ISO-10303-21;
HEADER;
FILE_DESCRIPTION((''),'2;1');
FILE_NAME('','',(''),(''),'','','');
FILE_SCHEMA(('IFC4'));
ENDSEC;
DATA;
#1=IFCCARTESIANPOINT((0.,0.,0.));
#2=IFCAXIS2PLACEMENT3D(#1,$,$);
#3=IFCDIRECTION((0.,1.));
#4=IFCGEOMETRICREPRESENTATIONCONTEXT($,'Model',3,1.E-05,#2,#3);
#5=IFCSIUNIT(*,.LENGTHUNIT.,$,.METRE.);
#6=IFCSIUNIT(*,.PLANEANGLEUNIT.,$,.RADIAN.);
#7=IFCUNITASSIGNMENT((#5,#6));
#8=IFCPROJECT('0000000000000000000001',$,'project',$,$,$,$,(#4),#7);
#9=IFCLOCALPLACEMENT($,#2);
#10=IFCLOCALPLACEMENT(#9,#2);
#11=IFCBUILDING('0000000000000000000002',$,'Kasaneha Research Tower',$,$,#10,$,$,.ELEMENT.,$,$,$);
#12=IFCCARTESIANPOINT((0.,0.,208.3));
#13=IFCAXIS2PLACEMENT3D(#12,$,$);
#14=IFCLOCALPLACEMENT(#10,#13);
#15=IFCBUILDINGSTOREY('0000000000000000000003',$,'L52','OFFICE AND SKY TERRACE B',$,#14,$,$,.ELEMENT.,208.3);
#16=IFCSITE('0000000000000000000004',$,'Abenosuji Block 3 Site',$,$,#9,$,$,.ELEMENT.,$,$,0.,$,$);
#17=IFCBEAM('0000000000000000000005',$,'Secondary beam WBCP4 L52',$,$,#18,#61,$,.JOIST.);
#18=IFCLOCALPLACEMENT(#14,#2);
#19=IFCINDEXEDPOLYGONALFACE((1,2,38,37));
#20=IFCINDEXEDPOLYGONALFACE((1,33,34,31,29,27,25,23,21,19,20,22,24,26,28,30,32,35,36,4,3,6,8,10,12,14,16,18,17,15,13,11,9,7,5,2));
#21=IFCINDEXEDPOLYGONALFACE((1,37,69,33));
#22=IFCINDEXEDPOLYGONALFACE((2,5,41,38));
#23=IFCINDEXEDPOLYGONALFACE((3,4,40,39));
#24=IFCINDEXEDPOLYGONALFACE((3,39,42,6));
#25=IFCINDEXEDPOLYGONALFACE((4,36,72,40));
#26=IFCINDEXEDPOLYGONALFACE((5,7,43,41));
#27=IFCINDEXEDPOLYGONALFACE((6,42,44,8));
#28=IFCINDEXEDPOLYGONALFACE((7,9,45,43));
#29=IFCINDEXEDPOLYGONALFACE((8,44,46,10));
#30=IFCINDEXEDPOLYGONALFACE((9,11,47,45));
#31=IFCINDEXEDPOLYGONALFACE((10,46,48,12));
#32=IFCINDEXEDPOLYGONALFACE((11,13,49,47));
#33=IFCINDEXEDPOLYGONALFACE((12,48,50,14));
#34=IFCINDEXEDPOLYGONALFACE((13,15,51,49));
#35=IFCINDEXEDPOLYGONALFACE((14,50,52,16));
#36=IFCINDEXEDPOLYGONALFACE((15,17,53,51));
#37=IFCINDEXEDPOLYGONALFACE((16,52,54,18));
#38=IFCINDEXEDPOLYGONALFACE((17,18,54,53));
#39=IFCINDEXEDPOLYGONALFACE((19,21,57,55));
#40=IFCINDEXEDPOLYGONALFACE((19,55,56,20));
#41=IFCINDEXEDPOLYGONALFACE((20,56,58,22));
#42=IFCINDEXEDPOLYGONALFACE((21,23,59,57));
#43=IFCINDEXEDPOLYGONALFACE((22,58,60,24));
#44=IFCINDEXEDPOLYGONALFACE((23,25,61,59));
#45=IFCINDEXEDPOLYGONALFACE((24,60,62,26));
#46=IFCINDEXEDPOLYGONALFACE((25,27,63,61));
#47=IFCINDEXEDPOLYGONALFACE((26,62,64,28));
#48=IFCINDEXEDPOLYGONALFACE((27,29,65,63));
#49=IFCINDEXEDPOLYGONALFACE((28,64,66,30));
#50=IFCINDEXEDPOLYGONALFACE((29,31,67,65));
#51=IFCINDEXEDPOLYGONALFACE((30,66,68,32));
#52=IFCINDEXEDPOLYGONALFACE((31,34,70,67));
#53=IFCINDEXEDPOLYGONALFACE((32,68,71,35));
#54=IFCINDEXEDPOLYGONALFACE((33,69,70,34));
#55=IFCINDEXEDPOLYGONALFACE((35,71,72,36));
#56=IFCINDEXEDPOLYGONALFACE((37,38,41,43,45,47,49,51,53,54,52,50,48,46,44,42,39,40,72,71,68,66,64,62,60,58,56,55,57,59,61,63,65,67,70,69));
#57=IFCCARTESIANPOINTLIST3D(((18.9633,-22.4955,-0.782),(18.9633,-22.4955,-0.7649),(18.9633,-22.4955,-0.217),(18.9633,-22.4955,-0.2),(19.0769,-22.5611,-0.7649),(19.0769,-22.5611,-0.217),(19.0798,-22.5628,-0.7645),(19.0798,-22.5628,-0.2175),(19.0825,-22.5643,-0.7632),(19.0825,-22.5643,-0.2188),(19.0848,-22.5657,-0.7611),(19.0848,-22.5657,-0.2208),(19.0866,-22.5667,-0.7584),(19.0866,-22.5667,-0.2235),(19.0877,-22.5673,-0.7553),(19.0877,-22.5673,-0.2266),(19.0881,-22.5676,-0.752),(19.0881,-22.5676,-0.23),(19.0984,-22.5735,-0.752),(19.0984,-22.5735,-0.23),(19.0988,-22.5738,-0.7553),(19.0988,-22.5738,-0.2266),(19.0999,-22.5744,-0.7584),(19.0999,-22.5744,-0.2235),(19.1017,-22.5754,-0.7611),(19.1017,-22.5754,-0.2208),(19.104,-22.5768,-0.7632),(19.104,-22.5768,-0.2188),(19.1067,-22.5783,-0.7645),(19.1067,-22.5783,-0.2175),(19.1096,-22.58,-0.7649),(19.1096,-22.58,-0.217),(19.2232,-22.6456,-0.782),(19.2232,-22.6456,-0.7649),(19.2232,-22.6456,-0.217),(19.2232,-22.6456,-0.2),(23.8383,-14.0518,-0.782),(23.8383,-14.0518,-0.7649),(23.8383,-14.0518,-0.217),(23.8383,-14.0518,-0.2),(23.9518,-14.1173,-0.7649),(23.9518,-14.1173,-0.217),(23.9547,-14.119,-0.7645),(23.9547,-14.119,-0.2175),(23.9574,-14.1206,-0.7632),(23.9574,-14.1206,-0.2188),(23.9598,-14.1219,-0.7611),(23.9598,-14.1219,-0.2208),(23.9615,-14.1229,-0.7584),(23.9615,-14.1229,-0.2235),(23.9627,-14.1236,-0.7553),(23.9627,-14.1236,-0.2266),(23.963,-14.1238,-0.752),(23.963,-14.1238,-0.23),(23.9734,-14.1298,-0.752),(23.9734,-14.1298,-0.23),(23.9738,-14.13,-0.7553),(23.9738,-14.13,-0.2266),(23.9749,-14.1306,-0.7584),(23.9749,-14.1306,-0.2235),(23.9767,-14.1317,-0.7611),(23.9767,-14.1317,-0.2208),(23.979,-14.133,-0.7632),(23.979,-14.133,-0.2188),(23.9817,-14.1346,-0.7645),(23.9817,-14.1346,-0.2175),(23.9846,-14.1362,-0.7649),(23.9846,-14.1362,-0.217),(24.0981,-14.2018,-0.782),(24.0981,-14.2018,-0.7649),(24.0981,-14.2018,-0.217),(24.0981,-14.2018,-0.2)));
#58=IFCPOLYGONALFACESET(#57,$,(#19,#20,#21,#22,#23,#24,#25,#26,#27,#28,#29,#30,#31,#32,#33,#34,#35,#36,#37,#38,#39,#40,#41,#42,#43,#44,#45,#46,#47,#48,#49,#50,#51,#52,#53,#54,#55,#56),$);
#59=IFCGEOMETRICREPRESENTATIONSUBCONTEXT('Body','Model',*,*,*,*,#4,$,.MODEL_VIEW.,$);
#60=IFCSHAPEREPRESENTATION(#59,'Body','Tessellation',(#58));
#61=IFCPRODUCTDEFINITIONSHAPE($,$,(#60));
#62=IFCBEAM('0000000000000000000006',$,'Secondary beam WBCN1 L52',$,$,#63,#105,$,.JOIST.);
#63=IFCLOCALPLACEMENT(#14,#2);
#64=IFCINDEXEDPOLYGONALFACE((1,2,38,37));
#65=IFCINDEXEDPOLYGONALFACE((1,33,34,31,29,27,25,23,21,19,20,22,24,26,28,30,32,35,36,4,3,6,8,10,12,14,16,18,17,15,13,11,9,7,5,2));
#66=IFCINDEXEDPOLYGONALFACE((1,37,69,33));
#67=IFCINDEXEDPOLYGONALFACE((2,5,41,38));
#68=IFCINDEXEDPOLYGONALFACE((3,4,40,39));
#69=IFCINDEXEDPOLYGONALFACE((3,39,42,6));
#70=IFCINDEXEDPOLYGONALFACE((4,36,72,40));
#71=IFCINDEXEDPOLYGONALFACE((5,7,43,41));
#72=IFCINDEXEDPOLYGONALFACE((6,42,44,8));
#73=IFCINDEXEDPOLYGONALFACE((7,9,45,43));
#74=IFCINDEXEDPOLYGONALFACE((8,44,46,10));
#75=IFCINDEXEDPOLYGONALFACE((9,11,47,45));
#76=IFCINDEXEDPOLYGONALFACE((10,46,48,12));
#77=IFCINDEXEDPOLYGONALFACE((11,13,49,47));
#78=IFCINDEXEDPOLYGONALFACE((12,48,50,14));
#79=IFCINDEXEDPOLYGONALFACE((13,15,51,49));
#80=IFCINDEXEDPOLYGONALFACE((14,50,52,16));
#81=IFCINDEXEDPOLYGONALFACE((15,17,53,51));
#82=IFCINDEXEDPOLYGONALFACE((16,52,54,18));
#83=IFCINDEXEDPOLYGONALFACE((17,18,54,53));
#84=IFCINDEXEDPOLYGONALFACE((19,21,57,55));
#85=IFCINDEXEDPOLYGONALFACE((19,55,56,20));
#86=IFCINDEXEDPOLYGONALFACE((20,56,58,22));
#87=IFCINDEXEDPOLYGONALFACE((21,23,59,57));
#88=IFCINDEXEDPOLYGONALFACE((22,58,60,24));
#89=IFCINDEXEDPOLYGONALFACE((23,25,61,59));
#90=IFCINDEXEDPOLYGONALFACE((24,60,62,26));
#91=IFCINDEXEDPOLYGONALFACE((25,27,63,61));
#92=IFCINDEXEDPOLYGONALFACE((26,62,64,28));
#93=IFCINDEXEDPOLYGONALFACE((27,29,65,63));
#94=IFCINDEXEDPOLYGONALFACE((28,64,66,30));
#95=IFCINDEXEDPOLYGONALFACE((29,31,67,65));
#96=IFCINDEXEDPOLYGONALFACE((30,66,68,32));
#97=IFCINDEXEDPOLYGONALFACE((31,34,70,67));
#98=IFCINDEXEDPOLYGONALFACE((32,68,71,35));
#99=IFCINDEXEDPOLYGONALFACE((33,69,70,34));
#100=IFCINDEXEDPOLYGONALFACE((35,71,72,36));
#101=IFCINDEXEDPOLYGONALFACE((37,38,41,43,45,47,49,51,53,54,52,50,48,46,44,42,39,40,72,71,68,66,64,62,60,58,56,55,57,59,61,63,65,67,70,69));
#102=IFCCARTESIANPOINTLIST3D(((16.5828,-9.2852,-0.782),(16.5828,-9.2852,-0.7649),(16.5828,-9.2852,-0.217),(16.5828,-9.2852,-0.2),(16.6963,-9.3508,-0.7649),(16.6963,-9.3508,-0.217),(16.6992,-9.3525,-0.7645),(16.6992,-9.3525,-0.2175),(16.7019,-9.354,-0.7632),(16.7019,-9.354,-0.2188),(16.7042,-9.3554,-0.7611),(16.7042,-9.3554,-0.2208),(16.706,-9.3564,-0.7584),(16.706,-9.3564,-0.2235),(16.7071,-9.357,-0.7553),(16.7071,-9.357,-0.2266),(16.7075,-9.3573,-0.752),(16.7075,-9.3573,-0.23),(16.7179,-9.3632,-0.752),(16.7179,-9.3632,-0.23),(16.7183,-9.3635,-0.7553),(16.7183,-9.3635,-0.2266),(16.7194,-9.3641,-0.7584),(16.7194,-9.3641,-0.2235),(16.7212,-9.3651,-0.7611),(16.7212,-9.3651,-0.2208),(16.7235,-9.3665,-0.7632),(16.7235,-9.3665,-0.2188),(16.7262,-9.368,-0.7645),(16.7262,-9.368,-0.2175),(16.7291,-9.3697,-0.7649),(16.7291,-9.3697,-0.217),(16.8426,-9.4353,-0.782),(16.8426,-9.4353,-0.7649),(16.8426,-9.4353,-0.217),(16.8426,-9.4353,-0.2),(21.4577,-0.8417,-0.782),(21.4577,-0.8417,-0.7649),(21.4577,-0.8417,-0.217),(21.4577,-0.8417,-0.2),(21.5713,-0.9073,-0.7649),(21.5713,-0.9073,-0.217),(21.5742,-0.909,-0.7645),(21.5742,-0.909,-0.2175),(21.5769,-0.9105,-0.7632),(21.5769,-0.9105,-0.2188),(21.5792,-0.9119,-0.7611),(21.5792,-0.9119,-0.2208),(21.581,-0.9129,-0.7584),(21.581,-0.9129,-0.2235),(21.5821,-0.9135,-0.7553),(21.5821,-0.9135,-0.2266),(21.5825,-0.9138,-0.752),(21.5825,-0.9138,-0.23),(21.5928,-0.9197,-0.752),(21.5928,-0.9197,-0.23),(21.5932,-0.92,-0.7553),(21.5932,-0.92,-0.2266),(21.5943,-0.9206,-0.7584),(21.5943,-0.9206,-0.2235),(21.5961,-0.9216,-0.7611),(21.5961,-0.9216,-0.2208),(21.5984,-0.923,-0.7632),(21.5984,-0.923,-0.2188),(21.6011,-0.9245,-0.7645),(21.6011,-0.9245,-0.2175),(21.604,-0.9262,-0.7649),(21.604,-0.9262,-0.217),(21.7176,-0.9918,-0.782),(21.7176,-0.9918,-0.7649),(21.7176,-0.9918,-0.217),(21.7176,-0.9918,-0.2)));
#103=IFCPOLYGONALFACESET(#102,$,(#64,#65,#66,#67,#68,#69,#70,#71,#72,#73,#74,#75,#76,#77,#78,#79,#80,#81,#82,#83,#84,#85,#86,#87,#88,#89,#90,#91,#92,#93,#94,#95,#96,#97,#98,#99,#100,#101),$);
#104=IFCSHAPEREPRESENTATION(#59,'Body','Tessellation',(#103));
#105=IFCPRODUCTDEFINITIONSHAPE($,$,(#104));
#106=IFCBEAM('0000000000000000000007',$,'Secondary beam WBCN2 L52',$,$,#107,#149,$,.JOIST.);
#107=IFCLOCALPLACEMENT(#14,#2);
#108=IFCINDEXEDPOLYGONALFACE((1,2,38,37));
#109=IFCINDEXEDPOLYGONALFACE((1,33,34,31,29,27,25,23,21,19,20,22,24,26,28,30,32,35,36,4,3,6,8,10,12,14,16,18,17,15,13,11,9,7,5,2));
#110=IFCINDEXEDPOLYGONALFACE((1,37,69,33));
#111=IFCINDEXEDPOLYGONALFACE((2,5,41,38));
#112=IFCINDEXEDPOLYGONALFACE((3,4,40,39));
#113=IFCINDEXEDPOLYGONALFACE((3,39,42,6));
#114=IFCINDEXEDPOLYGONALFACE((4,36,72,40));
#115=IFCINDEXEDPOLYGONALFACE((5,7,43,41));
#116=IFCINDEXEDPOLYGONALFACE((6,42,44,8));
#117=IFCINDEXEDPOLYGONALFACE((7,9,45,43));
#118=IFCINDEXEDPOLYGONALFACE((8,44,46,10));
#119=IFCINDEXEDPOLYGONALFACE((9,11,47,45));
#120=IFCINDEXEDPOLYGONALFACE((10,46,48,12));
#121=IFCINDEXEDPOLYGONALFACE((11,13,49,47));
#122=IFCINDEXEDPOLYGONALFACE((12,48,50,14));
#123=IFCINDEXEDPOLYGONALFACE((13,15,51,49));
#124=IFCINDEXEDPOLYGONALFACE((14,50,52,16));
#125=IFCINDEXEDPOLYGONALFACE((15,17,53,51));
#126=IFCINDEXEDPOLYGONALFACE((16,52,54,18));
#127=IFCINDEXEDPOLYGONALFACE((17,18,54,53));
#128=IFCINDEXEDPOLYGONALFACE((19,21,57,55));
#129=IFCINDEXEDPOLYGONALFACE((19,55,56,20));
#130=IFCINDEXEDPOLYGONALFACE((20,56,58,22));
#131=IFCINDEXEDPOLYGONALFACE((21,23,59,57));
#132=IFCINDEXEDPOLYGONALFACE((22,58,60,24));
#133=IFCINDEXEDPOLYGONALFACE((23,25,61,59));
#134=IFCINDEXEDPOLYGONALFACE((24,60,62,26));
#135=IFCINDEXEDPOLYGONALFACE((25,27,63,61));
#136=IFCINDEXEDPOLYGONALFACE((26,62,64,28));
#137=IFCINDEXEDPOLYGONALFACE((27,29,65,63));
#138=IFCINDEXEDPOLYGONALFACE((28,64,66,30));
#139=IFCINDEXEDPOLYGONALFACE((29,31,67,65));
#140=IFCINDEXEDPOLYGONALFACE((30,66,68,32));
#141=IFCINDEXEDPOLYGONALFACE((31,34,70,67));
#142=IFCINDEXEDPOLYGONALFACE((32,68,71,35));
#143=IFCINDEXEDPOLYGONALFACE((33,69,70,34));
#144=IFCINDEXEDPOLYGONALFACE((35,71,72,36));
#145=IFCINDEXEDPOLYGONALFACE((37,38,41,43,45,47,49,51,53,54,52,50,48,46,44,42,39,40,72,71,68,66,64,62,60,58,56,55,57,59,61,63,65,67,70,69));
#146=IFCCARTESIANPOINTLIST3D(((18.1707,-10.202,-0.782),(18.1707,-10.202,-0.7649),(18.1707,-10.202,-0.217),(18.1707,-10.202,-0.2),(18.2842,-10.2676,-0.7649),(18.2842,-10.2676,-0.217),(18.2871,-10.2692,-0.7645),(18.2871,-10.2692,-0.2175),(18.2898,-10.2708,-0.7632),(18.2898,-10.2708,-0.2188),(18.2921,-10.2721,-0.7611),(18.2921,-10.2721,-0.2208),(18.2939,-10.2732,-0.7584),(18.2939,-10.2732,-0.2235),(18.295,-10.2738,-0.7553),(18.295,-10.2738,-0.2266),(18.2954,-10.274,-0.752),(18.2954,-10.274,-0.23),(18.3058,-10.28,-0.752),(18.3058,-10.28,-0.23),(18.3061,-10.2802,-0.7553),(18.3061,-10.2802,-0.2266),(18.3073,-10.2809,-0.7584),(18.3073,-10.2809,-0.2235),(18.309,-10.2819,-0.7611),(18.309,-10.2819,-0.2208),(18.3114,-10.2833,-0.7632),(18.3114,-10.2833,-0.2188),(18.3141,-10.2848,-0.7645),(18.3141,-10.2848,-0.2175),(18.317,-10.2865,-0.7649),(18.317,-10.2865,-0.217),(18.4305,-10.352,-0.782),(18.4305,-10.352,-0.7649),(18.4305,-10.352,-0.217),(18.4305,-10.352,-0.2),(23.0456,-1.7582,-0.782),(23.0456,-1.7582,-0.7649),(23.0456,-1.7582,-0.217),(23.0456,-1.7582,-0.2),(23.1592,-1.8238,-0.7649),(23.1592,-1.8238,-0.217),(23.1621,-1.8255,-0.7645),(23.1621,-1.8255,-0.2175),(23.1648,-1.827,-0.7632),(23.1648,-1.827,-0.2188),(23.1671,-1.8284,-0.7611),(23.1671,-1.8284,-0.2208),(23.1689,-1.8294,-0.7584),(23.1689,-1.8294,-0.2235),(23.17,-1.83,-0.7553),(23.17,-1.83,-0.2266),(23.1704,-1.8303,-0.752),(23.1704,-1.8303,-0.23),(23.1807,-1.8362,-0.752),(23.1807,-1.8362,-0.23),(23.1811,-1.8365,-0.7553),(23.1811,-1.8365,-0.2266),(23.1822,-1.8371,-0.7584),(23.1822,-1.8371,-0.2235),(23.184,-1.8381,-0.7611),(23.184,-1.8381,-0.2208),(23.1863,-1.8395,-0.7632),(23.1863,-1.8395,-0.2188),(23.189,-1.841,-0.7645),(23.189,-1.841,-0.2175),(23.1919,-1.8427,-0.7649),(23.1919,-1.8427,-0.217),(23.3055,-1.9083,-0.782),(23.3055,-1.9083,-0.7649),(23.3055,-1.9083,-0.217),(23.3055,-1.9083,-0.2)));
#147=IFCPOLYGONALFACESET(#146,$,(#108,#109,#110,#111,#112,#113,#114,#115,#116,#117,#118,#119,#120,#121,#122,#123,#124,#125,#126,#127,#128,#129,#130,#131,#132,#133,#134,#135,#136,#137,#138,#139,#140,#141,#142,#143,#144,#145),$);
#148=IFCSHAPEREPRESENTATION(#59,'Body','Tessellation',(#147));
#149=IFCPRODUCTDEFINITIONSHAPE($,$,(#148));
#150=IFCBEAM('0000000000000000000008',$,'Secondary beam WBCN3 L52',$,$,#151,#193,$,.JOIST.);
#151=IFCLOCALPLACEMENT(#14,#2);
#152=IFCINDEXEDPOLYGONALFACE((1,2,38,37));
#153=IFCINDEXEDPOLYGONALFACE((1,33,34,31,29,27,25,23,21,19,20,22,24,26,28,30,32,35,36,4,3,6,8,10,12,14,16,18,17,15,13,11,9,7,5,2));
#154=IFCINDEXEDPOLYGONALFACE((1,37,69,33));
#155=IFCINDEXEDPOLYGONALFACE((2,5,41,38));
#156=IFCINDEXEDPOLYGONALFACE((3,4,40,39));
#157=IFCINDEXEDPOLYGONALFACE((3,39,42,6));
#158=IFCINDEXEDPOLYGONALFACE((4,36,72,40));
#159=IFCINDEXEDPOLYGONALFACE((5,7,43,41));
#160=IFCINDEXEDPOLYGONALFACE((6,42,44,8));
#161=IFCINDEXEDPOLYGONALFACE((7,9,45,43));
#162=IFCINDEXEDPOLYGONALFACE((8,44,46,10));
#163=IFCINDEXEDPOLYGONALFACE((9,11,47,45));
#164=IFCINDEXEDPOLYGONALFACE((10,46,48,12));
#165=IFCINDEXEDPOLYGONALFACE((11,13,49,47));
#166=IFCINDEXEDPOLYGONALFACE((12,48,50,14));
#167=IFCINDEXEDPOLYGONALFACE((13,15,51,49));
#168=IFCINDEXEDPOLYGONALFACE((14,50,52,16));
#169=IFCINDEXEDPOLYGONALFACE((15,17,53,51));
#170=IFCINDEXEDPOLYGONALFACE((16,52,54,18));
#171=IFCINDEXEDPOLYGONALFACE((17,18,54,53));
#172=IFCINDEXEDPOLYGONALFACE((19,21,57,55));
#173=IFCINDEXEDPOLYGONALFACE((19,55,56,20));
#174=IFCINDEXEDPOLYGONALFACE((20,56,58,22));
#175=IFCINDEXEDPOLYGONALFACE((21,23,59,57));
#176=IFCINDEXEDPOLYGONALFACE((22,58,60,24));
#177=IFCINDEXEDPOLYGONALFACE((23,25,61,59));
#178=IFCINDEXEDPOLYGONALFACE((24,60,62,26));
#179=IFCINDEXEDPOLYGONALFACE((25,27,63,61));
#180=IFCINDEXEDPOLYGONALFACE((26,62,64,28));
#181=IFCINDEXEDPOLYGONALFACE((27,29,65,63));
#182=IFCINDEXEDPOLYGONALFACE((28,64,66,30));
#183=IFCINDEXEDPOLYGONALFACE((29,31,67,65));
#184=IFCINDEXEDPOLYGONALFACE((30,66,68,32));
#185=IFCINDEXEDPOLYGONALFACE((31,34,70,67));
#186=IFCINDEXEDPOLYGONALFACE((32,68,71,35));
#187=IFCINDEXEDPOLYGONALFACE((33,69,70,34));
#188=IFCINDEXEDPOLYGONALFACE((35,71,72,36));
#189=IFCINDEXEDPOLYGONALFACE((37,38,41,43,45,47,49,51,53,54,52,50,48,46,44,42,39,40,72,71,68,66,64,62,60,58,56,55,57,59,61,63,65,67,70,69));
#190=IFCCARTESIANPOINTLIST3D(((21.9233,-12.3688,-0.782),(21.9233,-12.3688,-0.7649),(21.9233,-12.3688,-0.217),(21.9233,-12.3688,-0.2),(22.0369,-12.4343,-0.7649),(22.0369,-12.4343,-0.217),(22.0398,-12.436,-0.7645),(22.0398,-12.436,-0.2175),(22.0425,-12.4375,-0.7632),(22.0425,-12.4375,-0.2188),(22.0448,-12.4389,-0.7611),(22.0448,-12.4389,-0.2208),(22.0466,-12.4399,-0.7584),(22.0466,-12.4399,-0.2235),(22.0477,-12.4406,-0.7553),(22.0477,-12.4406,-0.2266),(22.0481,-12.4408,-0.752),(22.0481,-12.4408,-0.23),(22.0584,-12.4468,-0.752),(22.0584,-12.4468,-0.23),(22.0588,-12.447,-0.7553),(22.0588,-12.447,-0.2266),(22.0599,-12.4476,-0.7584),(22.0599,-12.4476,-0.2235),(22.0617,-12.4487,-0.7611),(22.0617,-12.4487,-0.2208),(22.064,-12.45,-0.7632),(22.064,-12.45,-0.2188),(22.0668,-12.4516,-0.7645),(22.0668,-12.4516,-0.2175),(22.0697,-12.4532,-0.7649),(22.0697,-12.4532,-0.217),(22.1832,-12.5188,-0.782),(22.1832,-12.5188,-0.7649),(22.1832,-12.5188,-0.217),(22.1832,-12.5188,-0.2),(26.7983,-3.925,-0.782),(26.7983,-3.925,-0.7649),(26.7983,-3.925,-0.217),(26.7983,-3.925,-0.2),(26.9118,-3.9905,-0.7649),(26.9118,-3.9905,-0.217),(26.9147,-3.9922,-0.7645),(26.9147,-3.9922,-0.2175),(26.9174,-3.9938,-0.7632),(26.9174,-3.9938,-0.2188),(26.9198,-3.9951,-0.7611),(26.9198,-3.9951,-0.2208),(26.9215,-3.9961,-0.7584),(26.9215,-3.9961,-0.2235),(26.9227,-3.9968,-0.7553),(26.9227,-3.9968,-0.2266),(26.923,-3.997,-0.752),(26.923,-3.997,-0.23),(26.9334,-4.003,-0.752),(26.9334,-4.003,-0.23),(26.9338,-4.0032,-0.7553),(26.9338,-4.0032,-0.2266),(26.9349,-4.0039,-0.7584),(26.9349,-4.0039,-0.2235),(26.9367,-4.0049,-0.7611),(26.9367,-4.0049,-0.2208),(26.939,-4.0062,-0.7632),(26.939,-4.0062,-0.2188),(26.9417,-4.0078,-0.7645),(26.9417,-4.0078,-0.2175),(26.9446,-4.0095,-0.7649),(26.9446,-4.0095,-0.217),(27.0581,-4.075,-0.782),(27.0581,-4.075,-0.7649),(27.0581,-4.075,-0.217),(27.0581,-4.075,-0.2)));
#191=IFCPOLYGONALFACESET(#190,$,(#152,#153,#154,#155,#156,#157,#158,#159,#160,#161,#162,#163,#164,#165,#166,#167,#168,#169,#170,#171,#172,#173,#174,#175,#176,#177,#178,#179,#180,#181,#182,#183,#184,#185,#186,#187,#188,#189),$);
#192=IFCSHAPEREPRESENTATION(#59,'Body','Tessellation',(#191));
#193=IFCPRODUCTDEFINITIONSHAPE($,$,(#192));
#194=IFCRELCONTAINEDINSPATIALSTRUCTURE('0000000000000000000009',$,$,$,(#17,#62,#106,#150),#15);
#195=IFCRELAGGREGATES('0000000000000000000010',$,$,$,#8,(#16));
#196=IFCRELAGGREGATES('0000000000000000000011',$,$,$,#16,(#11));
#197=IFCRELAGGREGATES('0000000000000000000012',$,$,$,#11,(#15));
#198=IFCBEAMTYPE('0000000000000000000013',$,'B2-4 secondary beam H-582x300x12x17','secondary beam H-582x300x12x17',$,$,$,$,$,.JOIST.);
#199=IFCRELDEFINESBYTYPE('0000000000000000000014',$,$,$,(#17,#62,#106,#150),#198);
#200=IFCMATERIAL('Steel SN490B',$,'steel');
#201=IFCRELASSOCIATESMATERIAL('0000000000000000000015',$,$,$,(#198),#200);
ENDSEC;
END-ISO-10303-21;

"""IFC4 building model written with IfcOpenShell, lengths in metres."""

from ifc_helpers import new_model, si_unit, direction, frame, origin, origin_2d, place, context, subcontext, project, spatial, i_section, extrude, material, material_profile, profile_set, type_object, element, save


model = new_model("IFC4")

# Units and contexts
model_context = context("Model", 3, precision=1e-05, world=origin(), true_north=direction((0.0, 1.0)))
body_context = subcontext(model_context, "Body", "Model", "MODEL_VIEW")
ifc_project = project(units=[si_unit("LENGTHUNIT", "METRE"), si_unit("PLANEANGLEUNIT", "RADIAN")], contexts=[model_context])

# Site, building, storey
site_placement = place(None, origin())
site = spatial("IfcSite", under=ifc_project, at=site_placement, Name="Abenosuji Block 3 Site", CompositionType="ELEMENT", RefElevation=0.0)
building_placement = place(site_placement, origin())
building = spatial("IfcBuilding", under=site, at=building_placement, Name="Kasaneha Research Tower", CompositionType="ELEMENT")
storey_placement = place(building_placement, frame((0.0, 0.0, 208.3)))
storey = spatial("IfcBuildingStorey", under=building, at=storey_placement, Name="L52", Description="OFFICE AND SKY TERRACE B", CompositionType="ELEMENT", Elevation=208.3)

# Beams
ifc_material_1 = material(Name="Steel SN490B", Category="steel")
ifc_material_profile_1 = material_profile(ifc_material_1, i_section(OverallWidth=0.3, OverallDepth=0.582, WebThickness=0.012, FlangeThickness=0.0171, FilletRadius=0.0129, at=origin_2d()), Name="H-582x300x12x17")
ifc_profile_set_1 = profile_set([ifc_material_profile_1], Name="Steel SN490B")
beam_type_1 = type_object("IfcBeamType", Name="B2-4 secondary beam H-582x300x12x17", Description="secondary beam H-582x300x12x17", PredefinedType="JOIST", material=ifc_profile_set_1)
for number, where, z_axis, x_axis, name in (
    (1, (19.0933, -22.5706, -0.491), (0.499996, 0.866028, 0.0), (-0.866028, 0.499996, 0.0), "Secondary beam WBCP4 L52"),
):
    element("IfcBeam", number, at=place(storey_placement, frame(where, z_axis=z_axis, x_axis=x_axis)), inside=storey, type_object=beam_type_1, Name=name, PredefinedType="JOIST", context=body_context, shape_type="SweptSolid", body=[
        extrude(i_section(OverallWidth=0.3, OverallDepth=0.582, WebThickness=0.012, FlangeThickness=0.0171, FilletRadius=0.0129, at=origin_2d()), origin(), (0.0, 0.0, 1.0), 9.75),
    ])
beam_1_placement = place(storey_placement, frame((21.5876, -0.9167, -0.491), z_axis=(-0.500006, -0.866022, 0.0), x_axis=(0.866022, -0.500006, 0.0)))
element("IfcBeam", 2, at=beam_1_placement, inside=storey, type_object=beam_type_1, Name="Secondary beam WBCN1 L52", PredefinedType="JOIST", context=body_context, shape_type="SweptSolid", body=[
    extrude(i_section(OverallWidth=0.3, OverallDepth=0.582, WebThickness=0.012, FlangeThickness=0.0171, FilletRadius=0.0129, at=origin_2d()), origin(), (0.0, 0.0, 1.0), 9.7498),
])
for number, where, z_axis, x_axis, name in (
    (3, (23.1755, -1.8333, -0.491), (-0.499996, -0.866028, 0.0), (0.866028, -0.499996, 0.0), "Secondary beam WBCN2 L52"),
    (4, (26.9282, -4.0, -0.491), (-0.499996, -0.866028, 0.0), (0.866028, -0.499996, 0.0), "Secondary beam WBCN3 L52"),
):
    element("IfcBeam", number, at=place(storey_placement, frame(where, z_axis=z_axis, x_axis=x_axis)), inside=storey, type_object=beam_type_1, Name=name, PredefinedType="JOIST", context=body_context, shape_type="SweptSolid", body=[
        extrude(i_section(OverallWidth=0.3, OverallDepth=0.582, WebThickness=0.012, FlangeThickness=0.0171, FilletRadius=0.0129, at=origin_2d()), origin(), (0.0, 0.0, 1.0), 9.75),
    ])

save(model, "model.ifc")
